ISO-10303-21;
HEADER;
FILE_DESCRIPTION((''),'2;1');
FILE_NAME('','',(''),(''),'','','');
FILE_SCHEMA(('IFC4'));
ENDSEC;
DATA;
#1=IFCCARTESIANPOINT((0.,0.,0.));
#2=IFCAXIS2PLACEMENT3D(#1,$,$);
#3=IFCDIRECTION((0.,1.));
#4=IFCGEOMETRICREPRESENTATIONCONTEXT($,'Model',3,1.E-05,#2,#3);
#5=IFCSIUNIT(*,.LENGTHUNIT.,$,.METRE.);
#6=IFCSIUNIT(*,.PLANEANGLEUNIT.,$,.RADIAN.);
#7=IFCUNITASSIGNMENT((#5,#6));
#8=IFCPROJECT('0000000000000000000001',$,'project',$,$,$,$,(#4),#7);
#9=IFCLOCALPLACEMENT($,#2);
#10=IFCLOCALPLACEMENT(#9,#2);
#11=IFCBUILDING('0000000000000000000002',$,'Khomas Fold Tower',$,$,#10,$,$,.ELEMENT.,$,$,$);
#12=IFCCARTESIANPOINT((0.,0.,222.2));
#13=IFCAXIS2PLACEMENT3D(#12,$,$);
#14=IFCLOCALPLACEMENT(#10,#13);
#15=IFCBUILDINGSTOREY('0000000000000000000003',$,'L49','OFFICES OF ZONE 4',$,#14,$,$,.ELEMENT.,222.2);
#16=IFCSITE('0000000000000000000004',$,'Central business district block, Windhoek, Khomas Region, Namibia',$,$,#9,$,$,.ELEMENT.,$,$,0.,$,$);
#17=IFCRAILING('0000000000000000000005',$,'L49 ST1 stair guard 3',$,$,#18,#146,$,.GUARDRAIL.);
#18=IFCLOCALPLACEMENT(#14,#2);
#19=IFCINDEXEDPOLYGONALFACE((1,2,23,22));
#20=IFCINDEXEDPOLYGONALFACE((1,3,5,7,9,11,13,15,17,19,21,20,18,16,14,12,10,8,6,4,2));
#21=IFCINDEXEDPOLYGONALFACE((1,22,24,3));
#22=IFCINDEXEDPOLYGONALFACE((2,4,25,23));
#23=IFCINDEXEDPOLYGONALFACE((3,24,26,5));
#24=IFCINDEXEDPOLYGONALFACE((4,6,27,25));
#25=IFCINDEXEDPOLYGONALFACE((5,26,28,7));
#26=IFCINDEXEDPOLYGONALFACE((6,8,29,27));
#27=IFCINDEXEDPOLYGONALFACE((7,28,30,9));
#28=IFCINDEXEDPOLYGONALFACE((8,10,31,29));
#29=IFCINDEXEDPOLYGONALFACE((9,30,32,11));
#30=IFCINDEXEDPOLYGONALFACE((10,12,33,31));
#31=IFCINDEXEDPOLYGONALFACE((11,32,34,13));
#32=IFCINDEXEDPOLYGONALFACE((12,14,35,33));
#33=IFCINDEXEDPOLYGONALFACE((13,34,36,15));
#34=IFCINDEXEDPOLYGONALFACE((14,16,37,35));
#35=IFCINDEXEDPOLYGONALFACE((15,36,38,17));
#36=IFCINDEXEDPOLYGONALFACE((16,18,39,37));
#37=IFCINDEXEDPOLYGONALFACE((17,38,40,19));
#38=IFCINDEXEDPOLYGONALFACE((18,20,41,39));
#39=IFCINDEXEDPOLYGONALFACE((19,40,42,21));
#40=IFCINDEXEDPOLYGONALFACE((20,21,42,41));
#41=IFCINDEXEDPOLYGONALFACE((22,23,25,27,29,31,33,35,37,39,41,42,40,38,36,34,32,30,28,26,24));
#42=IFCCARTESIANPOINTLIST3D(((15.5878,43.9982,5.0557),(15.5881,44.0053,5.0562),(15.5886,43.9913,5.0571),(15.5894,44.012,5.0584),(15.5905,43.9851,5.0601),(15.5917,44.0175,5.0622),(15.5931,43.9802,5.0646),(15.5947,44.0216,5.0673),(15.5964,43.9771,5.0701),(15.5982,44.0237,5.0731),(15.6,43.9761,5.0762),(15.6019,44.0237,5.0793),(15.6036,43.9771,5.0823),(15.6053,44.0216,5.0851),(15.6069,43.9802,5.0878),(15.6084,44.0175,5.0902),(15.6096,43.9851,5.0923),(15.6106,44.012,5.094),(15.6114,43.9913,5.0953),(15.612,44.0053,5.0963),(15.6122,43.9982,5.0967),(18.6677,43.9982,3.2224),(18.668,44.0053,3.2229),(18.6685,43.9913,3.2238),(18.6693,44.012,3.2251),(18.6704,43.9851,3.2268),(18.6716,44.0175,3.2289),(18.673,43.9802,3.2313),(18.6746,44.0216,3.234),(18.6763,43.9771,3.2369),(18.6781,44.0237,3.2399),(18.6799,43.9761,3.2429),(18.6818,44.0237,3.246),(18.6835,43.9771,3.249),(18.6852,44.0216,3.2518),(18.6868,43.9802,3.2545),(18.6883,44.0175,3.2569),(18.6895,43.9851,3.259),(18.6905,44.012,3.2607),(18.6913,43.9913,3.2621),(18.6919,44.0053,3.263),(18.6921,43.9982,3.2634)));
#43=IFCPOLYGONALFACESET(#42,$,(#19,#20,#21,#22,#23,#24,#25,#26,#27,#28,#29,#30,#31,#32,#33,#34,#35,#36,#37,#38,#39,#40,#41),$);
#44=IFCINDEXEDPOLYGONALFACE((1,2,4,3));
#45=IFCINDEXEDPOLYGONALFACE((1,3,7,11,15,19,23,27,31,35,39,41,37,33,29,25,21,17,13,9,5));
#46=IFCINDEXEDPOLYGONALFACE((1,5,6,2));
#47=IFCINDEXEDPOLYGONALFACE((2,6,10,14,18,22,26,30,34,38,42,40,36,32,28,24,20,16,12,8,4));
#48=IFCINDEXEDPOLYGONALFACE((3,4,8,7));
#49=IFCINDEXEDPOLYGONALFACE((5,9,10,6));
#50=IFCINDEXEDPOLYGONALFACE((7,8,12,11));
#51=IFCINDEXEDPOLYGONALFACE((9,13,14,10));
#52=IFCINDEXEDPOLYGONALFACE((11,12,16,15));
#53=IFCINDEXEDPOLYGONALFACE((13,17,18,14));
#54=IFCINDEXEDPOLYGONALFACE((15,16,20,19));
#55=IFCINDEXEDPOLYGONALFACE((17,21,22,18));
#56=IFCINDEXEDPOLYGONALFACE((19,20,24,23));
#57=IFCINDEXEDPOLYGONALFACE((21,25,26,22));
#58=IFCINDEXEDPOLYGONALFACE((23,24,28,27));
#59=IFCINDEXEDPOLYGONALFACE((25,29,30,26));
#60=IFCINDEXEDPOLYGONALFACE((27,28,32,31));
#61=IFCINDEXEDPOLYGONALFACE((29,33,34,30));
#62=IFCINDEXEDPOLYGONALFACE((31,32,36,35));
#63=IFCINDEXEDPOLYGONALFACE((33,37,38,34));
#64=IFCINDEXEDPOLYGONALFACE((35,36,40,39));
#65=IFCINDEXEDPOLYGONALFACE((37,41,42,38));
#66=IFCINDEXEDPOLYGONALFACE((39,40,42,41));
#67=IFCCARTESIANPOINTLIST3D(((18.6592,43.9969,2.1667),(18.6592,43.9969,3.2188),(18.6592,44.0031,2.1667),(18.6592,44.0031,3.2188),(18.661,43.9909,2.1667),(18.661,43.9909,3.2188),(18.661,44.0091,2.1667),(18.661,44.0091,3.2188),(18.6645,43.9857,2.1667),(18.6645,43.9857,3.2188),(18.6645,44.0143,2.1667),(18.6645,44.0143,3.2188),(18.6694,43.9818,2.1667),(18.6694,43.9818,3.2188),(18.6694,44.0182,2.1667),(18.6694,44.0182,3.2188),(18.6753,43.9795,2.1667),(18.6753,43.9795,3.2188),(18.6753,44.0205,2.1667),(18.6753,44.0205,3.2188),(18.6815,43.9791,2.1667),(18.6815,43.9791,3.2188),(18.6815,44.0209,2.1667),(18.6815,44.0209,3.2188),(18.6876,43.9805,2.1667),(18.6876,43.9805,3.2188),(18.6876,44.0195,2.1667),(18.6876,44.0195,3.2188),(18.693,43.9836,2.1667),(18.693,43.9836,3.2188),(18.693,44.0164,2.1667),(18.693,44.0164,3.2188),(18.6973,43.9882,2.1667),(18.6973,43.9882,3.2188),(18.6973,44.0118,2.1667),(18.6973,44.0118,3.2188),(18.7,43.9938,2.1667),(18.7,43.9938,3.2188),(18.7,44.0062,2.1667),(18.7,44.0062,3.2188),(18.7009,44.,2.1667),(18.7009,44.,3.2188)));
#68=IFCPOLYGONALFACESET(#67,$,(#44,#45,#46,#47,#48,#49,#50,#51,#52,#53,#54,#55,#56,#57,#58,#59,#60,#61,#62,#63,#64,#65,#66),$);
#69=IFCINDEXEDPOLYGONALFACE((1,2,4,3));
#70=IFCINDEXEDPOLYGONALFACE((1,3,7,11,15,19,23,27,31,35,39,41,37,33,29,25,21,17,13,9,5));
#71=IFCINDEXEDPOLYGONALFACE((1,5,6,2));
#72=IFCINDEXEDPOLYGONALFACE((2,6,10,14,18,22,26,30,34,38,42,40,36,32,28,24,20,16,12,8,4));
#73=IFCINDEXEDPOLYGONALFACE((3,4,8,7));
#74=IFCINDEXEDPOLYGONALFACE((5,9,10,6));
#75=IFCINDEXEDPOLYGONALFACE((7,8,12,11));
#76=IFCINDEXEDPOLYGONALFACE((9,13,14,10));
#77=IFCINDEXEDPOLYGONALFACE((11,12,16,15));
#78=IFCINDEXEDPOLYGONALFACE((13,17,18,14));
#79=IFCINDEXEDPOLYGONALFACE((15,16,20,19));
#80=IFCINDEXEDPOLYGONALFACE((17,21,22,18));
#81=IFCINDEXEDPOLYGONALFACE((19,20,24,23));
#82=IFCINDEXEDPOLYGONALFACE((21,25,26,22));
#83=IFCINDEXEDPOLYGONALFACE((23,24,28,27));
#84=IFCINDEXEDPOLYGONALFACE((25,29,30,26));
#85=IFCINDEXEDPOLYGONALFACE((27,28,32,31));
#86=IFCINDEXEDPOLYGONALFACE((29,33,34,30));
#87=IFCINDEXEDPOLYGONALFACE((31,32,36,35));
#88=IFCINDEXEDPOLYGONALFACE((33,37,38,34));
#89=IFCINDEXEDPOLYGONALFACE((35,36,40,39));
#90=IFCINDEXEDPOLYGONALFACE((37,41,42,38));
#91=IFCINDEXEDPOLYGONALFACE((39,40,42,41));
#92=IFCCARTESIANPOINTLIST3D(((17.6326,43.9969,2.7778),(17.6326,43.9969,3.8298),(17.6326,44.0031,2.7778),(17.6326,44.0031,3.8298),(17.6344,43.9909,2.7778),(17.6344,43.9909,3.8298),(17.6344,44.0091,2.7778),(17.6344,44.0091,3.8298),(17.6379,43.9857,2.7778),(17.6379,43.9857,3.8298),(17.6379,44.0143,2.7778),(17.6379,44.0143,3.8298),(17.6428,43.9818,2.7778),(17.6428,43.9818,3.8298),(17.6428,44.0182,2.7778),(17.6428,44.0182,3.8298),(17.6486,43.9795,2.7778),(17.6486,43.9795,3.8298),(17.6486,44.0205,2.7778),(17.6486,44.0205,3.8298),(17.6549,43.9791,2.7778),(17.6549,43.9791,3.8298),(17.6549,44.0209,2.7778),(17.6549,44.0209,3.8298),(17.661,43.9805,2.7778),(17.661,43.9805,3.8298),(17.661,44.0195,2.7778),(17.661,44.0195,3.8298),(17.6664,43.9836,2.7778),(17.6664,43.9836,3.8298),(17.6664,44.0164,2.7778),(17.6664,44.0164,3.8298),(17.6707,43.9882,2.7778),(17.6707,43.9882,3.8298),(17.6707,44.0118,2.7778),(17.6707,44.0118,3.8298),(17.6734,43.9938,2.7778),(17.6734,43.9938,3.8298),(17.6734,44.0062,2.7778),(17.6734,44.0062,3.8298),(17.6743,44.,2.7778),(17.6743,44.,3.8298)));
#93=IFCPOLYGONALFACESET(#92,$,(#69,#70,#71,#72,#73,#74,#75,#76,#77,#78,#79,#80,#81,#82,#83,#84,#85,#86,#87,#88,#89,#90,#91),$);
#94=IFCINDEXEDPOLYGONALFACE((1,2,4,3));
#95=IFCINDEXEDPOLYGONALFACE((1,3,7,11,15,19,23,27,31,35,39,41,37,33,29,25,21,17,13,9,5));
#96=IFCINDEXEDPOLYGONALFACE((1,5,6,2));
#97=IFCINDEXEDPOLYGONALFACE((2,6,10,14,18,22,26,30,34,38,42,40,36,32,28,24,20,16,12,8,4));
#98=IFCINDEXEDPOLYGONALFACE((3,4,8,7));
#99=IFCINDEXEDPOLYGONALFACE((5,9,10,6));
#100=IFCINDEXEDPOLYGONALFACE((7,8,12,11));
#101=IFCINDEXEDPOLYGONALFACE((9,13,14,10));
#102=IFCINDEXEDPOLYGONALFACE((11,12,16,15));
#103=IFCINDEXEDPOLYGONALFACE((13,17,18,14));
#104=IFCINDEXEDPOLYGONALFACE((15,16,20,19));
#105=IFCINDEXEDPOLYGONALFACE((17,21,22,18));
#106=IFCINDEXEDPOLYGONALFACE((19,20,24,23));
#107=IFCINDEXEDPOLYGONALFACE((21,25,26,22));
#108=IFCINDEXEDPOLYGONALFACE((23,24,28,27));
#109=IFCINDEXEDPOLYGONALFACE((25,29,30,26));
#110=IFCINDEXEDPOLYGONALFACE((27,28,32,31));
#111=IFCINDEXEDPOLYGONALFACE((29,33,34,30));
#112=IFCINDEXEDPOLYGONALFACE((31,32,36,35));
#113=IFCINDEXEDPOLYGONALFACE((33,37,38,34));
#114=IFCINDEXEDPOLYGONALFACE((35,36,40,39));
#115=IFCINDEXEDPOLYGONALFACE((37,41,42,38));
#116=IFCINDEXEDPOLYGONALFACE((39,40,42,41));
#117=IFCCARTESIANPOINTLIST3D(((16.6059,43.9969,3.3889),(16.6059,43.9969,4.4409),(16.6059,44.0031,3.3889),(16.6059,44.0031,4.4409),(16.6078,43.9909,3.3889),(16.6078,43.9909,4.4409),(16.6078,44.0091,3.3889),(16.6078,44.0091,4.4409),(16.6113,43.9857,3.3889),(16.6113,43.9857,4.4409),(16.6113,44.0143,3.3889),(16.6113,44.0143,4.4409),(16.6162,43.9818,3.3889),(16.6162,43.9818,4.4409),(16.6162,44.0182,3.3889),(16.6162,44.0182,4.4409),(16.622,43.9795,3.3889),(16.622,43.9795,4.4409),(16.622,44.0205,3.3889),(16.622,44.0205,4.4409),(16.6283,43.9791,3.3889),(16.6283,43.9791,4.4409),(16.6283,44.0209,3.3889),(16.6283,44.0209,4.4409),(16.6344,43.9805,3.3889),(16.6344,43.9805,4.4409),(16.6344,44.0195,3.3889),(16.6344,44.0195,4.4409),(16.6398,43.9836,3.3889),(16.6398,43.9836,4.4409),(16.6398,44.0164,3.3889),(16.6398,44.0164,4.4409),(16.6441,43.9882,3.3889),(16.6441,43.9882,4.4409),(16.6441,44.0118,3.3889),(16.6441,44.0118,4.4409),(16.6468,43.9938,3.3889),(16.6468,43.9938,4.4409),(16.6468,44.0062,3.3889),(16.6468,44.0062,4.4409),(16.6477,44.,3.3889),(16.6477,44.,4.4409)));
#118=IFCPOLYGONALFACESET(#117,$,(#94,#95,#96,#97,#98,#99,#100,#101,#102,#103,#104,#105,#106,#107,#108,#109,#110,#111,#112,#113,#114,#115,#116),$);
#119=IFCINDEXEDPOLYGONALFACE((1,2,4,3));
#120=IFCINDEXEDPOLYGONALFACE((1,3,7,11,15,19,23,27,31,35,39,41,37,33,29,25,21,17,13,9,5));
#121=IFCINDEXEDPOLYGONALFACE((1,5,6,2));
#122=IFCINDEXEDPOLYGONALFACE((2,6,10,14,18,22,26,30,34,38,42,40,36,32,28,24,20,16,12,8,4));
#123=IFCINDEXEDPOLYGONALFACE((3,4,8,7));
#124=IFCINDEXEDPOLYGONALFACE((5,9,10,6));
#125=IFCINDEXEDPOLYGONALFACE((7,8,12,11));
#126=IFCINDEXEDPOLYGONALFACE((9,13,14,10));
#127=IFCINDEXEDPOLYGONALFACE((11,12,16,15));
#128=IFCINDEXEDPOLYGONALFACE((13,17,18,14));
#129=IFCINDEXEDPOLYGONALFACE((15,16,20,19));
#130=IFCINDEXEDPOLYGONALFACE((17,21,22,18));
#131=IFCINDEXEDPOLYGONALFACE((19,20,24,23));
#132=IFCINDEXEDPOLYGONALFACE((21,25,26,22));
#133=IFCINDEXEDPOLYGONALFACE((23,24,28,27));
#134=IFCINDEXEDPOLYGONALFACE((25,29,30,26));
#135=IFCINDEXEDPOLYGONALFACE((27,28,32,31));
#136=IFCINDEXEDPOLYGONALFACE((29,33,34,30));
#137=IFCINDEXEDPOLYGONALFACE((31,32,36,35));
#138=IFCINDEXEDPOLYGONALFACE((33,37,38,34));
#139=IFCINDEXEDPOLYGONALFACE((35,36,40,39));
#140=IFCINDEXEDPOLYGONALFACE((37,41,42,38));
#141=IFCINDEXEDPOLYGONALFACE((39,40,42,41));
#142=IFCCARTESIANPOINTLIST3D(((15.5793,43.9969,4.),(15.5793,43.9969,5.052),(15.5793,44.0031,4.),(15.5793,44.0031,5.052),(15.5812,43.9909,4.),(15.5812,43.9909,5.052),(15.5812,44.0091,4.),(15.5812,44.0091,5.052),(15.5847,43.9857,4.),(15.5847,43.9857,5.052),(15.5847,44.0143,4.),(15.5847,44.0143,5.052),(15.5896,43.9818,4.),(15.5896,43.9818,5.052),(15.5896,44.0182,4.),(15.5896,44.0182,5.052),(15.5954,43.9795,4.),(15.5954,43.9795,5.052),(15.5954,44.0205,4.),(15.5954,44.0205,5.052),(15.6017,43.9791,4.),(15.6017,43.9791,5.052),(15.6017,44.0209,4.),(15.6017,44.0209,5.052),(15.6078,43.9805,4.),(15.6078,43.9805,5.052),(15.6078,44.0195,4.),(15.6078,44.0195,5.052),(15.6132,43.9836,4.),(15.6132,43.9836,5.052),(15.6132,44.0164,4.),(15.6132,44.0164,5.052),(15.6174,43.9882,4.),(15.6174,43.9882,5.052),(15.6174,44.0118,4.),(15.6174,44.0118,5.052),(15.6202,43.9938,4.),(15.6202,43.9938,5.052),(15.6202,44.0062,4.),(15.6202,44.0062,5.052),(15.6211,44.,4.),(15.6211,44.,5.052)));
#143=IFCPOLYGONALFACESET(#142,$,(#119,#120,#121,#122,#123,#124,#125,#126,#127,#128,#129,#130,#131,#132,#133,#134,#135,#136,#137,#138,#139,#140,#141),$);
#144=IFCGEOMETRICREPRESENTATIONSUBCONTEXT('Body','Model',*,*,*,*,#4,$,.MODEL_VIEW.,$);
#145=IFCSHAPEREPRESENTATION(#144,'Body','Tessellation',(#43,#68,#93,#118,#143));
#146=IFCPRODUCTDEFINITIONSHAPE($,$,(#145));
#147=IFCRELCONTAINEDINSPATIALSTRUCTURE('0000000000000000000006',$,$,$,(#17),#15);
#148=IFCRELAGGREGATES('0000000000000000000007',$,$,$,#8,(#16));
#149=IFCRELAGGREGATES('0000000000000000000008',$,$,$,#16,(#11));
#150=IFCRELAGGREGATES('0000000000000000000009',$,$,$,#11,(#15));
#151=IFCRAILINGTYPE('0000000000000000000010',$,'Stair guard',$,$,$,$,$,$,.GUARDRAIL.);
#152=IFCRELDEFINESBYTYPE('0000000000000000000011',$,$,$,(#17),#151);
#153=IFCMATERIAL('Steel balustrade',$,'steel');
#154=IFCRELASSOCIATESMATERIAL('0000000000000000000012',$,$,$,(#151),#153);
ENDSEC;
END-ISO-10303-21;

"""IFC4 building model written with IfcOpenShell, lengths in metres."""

from ifc_helpers import new_model, si_unit, direction, frame, origin, origin_2d, place, context, subcontext, project, spatial, circle, extrude, source, transform, mapped, material, type_object, element, save


model = new_model("IFC4")

# Units and contexts
model_context = context("Model", 3, precision=1e-05, world=origin(), true_north=direction((0.0, 1.0)))
body_context = subcontext(model_context, "Body", "Model", "MODEL_VIEW")
ifc_project = project(units=[si_unit("LENGTHUNIT", "METRE"), si_unit("PLANEANGLEUNIT", "RADIAN")], contexts=[model_context])

# Site, building, storey
site_placement = place(None, origin())
site = spatial("IfcSite", under=ifc_project, at=site_placement, Name="Central business district block, Windhoek, Khomas Region, Namibia", CompositionType="ELEMENT", RefElevation=0.0)
building_placement = place(site_placement, origin())
building = spatial("IfcBuilding", under=site, at=building_placement, Name="Khomas Fold Tower", CompositionType="ELEMENT")
storey_placement = place(building_placement, frame((0.0, 0.0, 222.2)))
storey = spatial("IfcBuildingStorey", under=building, at=storey_placement, Name="L49", Description="OFFICES OF ZONE 4", CompositionType="ELEMENT", Elevation=222.2)

# Railing
ifc_material_1 = material(Name="Steel balustrade", Category="steel")
railing_type_1 = type_object("IfcRailingType", Name="Stair guard", PredefinedType="GUARDRAIL", material=ifc_material_1)
shared_shape_1 = source(origin(), body_context, "Body", "SweptSolid", [
    extrude(circle(Radius=0.0239, at=origin_2d()), frame((0.0, 0.0, 1.0762), z_axis=(-0.859291, 0.0, 0.511487), x_axis=(0.0, -1.0, 0.0)), (0.0, 0.0, 1.0), 3.5842),
    extrude(circle(Radius=0.021, at=origin_2d()), origin(), (0.0, 0.0, 1.0), 1.052),
    extrude(circle(Radius=0.021, at=origin_2d()), frame((-1.0266, 0.0, 0.6111)), (0.0, 0.0, 1.0), 1.052),
    extrude(circle(Radius=0.021, at=origin_2d()), frame((-2.0532, 0.0, 1.2222)), (0.0, 0.0, 1.0), 1.052),
    extrude(circle(Radius=0.021, at=origin_2d()), frame((-3.0798, 0.0, 1.8333)), (0.0, 0.0, 1.0), 1.052),
])
railing_1_placement = place(storey_placement, frame((18.6799, 44.0, 2.1667)))
element("IfcRailing", 1, at=railing_1_placement, inside=storey, type_object=railing_type_1, Name="L49 ST1 stair guard 3", PredefinedType="GUARDRAIL", context=body_context, shape_type="MappedRepresentation", body=[
    mapped(shared_shape_1, transform((0.0, 0.0, 0.0))),
])

save(model, "model.ifc")
